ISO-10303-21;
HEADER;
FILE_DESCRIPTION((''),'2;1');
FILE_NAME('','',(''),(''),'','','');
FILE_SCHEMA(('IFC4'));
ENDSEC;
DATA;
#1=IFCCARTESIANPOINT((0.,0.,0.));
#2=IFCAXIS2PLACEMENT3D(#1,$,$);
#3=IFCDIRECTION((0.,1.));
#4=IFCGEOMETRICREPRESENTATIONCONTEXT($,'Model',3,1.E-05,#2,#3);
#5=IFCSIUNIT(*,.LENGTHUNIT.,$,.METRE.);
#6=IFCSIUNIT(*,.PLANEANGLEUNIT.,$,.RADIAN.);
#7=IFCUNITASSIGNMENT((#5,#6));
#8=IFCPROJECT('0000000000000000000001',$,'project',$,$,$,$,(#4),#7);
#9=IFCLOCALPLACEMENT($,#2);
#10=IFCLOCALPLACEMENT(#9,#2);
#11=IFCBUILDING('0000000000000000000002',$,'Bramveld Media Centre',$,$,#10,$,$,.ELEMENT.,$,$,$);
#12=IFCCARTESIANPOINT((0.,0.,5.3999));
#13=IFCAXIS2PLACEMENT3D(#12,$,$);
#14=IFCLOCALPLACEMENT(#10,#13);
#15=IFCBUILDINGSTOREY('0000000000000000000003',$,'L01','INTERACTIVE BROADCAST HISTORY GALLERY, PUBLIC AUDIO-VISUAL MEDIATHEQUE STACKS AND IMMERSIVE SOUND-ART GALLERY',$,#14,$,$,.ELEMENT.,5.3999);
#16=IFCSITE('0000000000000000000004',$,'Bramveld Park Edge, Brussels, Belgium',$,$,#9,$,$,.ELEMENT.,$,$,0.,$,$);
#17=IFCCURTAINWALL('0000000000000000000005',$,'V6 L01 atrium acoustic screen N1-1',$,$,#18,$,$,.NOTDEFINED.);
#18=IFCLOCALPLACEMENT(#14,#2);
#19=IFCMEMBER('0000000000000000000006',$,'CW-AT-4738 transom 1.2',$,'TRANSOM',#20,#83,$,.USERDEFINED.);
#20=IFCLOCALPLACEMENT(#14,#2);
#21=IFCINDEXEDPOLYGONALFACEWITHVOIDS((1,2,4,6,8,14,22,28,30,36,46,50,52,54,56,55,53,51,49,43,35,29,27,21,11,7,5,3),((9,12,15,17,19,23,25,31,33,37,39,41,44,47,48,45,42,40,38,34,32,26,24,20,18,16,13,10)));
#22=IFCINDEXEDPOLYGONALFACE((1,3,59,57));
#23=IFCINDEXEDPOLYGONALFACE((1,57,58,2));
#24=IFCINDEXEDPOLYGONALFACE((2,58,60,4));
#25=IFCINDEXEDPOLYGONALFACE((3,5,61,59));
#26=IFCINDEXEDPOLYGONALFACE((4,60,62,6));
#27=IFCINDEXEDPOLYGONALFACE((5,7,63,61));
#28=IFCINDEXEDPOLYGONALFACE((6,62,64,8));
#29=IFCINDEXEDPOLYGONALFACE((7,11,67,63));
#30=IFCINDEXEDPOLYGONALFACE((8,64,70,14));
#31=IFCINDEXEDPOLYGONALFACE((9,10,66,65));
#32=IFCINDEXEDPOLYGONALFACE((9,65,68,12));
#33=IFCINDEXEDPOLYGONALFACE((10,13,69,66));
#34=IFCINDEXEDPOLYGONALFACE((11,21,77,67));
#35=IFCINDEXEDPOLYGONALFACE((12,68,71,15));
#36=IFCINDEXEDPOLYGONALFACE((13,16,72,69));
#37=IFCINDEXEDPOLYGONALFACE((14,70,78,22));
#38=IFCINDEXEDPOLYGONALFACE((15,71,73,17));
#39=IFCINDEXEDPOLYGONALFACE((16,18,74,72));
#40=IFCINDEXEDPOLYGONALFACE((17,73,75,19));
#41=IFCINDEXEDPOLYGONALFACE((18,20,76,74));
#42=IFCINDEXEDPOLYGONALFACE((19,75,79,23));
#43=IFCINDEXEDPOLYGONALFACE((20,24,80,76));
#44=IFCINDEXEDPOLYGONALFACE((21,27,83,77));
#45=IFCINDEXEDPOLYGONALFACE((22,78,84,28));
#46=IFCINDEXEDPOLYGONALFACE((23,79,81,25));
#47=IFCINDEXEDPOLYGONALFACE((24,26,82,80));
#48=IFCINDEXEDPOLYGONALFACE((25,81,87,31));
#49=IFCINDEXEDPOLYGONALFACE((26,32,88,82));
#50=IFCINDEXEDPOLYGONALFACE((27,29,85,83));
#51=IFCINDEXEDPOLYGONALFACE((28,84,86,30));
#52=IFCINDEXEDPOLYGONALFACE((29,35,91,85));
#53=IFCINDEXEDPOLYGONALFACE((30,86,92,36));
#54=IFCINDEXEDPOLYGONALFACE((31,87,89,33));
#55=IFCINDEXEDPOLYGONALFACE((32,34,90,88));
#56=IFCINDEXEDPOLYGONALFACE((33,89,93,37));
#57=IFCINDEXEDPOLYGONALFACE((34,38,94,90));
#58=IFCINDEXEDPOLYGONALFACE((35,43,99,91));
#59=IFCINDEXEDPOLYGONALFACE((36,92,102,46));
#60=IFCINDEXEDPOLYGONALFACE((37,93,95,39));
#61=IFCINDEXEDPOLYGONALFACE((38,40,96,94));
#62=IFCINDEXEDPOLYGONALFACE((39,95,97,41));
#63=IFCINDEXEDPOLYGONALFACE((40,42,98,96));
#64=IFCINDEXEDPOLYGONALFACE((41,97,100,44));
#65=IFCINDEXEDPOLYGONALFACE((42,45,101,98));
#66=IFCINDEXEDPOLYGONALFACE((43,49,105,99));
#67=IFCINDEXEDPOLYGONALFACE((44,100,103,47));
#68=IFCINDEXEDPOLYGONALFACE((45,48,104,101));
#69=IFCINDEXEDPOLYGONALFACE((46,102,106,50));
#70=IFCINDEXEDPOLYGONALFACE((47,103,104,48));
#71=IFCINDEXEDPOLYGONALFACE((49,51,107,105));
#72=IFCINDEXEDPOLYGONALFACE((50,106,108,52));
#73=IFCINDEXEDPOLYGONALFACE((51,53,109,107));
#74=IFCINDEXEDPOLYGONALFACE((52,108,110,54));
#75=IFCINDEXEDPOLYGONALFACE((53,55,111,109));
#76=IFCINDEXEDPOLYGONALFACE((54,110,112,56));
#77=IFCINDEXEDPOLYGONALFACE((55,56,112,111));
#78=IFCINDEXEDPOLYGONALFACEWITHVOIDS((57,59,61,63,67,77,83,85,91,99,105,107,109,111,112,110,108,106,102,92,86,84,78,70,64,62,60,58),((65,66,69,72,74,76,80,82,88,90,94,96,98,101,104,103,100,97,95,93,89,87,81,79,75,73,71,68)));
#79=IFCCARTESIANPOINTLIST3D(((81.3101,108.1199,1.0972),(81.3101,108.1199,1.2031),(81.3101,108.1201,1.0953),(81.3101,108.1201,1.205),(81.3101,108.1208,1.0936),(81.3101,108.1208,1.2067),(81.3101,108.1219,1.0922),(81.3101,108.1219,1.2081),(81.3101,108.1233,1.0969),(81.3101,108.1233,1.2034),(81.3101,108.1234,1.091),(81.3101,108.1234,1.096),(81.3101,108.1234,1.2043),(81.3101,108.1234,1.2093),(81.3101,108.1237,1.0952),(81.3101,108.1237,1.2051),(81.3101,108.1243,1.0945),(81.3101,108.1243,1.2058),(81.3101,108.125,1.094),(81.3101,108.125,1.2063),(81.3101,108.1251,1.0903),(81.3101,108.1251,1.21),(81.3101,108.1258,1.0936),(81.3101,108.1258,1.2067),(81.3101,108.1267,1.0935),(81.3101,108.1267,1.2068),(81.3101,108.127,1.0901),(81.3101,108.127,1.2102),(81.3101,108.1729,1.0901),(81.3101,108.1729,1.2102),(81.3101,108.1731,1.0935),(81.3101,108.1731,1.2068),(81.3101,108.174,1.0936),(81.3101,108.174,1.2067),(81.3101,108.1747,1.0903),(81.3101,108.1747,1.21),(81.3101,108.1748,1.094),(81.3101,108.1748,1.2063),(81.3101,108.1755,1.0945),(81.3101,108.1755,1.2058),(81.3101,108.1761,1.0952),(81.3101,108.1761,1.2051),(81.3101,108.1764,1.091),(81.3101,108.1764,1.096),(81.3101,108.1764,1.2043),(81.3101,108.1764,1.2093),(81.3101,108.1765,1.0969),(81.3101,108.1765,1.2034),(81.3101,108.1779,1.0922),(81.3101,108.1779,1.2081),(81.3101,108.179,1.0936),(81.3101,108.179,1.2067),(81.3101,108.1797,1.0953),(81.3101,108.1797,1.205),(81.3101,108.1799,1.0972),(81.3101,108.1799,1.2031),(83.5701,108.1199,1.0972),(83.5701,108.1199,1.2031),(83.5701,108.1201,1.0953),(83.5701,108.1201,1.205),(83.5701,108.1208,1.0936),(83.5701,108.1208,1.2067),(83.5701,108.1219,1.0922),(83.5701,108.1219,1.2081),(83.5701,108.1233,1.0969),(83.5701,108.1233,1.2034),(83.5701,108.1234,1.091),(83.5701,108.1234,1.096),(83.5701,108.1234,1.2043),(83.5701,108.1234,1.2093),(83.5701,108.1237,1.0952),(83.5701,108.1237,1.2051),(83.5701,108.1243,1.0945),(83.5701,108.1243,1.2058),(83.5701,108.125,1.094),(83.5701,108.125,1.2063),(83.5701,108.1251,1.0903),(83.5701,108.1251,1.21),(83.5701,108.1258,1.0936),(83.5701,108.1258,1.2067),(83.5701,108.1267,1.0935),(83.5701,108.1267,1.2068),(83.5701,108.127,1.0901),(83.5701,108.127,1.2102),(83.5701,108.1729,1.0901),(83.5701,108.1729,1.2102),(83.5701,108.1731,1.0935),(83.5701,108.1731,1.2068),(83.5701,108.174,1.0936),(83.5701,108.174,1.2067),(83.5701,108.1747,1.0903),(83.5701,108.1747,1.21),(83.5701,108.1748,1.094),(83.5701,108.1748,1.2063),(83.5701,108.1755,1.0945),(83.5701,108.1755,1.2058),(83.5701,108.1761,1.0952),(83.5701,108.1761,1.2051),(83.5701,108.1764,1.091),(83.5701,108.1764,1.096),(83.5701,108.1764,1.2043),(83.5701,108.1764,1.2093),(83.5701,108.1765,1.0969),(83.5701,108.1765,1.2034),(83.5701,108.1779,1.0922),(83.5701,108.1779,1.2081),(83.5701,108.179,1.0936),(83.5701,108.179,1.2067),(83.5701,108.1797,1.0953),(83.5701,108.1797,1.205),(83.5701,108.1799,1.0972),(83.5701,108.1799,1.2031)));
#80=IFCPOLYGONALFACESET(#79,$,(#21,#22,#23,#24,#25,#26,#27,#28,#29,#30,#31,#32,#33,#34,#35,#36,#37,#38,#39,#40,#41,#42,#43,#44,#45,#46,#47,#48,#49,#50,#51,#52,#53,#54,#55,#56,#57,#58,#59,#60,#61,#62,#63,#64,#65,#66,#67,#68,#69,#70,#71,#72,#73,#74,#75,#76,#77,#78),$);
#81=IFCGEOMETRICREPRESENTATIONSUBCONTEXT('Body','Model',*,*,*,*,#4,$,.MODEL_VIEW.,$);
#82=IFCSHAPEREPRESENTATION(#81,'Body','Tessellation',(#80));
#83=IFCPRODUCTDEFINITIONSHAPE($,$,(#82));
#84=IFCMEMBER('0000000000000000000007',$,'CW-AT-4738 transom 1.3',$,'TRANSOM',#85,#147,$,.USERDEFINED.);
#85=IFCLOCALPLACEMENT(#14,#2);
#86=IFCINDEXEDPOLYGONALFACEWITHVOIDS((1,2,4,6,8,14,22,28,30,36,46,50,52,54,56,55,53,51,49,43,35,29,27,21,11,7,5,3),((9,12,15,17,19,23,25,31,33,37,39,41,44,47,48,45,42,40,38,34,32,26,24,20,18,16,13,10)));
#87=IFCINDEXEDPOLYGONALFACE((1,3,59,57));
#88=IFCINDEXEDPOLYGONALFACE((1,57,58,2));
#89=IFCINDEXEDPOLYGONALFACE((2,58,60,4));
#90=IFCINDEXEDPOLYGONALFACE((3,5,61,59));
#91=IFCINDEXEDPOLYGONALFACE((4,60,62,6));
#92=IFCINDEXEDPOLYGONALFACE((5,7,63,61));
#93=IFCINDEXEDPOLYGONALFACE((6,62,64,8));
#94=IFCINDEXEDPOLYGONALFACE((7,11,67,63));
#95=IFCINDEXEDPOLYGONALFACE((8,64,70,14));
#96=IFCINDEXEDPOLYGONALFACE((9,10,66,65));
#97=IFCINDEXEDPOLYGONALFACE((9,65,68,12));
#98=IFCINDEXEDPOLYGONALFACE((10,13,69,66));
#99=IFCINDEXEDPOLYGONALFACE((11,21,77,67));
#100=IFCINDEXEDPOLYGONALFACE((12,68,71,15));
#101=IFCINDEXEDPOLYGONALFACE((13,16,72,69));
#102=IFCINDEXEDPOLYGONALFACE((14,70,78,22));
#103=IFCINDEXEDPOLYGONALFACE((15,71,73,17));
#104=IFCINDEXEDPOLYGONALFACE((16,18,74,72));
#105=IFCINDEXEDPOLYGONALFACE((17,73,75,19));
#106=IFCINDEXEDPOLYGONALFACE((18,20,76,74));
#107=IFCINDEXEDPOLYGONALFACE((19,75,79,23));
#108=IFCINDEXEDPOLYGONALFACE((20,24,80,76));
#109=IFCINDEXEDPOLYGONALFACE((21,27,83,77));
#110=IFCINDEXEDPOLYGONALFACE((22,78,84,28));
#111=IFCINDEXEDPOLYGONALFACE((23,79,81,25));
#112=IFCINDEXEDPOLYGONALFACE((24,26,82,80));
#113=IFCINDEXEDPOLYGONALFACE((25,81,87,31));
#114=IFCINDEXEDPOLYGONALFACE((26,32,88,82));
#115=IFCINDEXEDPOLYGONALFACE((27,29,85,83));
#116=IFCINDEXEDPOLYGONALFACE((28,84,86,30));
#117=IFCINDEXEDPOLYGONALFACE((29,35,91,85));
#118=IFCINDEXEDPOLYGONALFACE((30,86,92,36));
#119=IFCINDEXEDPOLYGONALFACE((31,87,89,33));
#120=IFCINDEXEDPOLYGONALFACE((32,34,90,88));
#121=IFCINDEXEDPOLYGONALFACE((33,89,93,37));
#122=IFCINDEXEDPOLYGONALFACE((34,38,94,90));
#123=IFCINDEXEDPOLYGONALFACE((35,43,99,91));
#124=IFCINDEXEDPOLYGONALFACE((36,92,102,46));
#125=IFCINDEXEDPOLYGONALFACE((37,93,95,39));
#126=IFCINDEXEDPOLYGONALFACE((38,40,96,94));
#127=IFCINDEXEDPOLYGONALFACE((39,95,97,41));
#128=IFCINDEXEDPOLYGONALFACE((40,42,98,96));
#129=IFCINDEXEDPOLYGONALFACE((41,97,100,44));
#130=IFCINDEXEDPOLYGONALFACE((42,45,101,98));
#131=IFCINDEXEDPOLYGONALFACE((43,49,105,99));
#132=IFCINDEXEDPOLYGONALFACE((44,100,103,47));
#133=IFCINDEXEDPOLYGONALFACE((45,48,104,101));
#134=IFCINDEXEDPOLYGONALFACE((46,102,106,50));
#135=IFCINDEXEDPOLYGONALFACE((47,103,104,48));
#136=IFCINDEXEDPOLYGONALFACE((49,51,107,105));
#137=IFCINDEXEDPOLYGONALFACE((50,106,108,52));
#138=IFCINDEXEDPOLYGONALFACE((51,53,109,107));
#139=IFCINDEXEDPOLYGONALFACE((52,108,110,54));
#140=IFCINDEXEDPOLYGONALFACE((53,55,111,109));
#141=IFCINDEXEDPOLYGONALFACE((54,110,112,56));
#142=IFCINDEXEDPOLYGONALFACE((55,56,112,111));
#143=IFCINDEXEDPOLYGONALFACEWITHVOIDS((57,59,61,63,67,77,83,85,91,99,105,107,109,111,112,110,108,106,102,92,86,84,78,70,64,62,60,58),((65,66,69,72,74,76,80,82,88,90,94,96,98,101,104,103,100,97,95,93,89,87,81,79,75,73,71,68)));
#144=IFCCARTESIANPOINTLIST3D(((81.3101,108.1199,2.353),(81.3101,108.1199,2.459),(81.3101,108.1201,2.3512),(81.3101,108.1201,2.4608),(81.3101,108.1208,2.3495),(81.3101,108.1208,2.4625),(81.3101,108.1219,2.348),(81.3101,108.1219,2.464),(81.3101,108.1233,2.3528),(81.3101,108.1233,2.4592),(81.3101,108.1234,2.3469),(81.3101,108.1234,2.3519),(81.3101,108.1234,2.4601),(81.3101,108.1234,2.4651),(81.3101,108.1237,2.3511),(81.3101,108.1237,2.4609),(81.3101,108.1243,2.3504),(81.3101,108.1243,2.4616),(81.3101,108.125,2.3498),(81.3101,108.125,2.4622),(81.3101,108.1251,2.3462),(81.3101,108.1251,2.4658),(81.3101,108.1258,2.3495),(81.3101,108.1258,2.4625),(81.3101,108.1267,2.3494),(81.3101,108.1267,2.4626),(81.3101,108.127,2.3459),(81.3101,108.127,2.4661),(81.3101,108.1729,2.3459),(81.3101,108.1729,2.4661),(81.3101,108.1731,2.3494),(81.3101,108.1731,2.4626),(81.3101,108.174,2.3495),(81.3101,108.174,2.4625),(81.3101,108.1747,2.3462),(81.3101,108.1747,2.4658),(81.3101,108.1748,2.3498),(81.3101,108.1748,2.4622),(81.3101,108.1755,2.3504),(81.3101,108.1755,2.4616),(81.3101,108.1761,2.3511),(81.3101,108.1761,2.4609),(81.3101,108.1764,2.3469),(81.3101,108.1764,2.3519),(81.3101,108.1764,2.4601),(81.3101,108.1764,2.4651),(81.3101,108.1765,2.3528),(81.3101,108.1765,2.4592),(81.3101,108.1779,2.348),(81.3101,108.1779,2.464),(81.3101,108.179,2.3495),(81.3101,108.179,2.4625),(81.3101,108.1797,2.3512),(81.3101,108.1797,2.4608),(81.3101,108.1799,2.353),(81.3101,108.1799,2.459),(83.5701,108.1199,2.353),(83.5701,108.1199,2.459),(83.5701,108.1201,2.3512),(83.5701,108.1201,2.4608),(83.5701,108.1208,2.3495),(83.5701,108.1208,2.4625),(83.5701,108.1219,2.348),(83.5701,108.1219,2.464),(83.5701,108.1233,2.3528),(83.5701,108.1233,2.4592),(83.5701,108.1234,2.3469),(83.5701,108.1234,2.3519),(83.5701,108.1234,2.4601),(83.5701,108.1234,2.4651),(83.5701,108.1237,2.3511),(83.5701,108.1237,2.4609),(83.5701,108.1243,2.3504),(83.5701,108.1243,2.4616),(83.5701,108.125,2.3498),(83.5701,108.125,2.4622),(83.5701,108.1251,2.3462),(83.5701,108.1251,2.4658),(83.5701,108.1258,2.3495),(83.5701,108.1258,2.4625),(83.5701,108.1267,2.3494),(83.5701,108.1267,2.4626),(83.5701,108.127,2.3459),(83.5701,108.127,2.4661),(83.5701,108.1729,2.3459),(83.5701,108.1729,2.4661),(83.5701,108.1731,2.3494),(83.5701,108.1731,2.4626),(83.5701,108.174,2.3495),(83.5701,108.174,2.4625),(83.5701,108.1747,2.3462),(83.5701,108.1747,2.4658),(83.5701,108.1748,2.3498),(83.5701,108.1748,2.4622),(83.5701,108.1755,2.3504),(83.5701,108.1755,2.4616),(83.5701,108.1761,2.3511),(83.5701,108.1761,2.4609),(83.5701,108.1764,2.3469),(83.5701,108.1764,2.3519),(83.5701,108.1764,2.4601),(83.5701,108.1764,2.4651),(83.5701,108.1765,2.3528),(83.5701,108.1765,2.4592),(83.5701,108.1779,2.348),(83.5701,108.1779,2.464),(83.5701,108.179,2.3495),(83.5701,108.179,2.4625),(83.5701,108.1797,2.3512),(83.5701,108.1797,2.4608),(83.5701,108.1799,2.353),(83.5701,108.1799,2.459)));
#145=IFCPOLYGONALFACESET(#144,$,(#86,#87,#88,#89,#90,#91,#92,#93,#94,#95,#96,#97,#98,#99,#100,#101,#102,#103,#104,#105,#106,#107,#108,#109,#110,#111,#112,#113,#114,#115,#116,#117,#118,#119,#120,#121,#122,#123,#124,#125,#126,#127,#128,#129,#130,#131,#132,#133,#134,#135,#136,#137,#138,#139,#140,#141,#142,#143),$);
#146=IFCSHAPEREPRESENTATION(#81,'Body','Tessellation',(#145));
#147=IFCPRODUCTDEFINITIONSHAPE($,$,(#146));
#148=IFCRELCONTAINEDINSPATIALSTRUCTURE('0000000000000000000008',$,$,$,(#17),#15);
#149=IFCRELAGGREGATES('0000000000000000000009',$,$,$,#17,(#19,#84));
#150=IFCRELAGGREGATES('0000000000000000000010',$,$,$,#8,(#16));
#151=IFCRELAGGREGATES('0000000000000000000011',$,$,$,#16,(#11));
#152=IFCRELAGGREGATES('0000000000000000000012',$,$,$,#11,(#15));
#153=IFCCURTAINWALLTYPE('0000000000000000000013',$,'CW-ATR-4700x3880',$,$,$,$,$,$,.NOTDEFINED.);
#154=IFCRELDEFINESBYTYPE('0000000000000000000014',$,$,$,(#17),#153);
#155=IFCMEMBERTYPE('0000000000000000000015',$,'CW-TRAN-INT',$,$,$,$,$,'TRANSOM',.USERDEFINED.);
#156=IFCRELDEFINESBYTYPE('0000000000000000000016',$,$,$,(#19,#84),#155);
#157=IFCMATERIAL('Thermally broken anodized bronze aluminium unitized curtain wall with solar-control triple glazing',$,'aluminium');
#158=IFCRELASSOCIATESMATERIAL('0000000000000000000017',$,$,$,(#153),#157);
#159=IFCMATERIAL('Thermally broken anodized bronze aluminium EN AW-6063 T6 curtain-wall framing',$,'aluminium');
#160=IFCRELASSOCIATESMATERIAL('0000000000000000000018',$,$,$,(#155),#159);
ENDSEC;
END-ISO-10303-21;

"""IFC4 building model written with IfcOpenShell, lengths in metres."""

from ifc_helpers import new_model, si_unit, direction, frame, origin, origin_2d, place, context, subcontext, project, spatial, hollow_rectangle, extrude, material, material_profile, profile_set, type_object, element, aggregate, save


model = new_model("IFC4")

# Units and contexts
model_context = context("Model", 3, precision=1e-05, world=origin(), true_north=direction((0.0, 1.0)))
body_context = subcontext(model_context, "Body", "Model", "MODEL_VIEW")
ifc_project = project(units=[si_unit("LENGTHUNIT", "METRE"), si_unit("PLANEANGLEUNIT", "RADIAN")], contexts=[model_context])

# Site, building, storey
site_placement = place(None, origin())
site = spatial("IfcSite", under=ifc_project, at=site_placement, Name="Bramveld Park Edge, Brussels, Belgium", CompositionType="ELEMENT", RefElevation=0.0)
building_placement = place(site_placement, origin())
building = spatial("IfcBuilding", under=site, at=building_placement, Name="Bramveld Media Centre", CompositionType="ELEMENT")
storey_placement = place(building_placement, frame((0.0, 0.0, 5.3999)))
storey = spatial("IfcBuildingStorey", under=building, at=storey_placement, Name="L01", Description="INTERACTIVE BROADCAST HISTORY GALLERY, PUBLIC AUDIO-VISUAL MEDIATHEQUE STACKS AND IMMERSIVE SOUND-ART GALLERY", CompositionType="ELEMENT", Elevation=5.3999)

# Curtain wall, members
ifc_material_1 = material(Name="Thermally broken anodized bronze aluminium unitized curtain wall with solar-control triple glazing", Category="aluminium")
curtain_wall_type = type_object("IfcCurtainWallType", Name="CW-ATR-4700x3880", PredefinedType="NOTDEFINED", material=ifc_material_1)
curtain_wall_placement = place(storey_placement, origin())
curtain_wall = element("IfcCurtainWall", 1, at=curtain_wall_placement, inside=storey, type_object=curtain_wall_type, Name="V6 L01 atrium acoustic screen N1-1", PredefinedType="NOTDEFINED")
ifc_material_2 = material(Name="Thermally broken anodized bronze aluminium EN AW-6063 T6 curtain-wall framing", Category="aluminium")
ifc_material_profile_1 = material_profile(ifc_material_2, hollow_rectangle(XDim=0.0601, YDim=0.1201, WallThickness=0.0034, InnerFilletRadius=0.0034, OuterFilletRadius=0.0071, at=origin_2d()), Name="AL-TRAN 60x120")
ifc_profile_set_1 = profile_set([ifc_material_profile_1], Name="Thermally broken anodized bronze aluminium EN AW-6063 T6 curtain-wall framing")
member_type_1 = type_object("IfcMemberType", Name="CW-TRAN-INT", ElementType="TRANSOM", PredefinedType="USERDEFINED", material=ifc_profile_set_1)
member_1_placement = place(storey_placement, frame((81.3101, 108.1499, 1.1501), z_axis=(1.0, 0.0, 0.0), x_axis=(0.0, 1.0, 0.0)))
member_1 = element("IfcMember", 2, at=member_1_placement, type_object=member_type_1, Name="CW-AT-4738 transom 1.2", ObjectType="TRANSOM", PredefinedType="USERDEFINED", context=body_context, shape_type="SweptSolid", body=[
    extrude(hollow_rectangle(XDim=0.0601, YDim=0.1201, WallThickness=0.0034, InnerFilletRadius=0.0034, OuterFilletRadius=0.0071, at=origin_2d()), origin(), (0.0, 0.0, 1.0), 2.26),
])
member_2_placement = place(storey_placement, frame((81.3101, 108.1499, 2.406), z_axis=(1.0, 0.0, 0.0), x_axis=(0.0, 1.0, 0.0)))
member_2 = element("IfcMember", 3, at=member_2_placement, type_object=member_type_1, Name="CW-AT-4738 transom 1.3", ObjectType="TRANSOM", PredefinedType="USERDEFINED", context=body_context, shape_type="SweptSolid", body=[
    extrude(hollow_rectangle(XDim=0.0601, YDim=0.1201, WallThickness=0.0034, InnerFilletRadius=0.0034, OuterFilletRadius=0.0071, at=origin_2d()), origin(), (0.0, 0.0, 1.0), 2.26),
])

aggregate(curtain_wall, [member_1, member_2])

save(model, "model.ifc")
